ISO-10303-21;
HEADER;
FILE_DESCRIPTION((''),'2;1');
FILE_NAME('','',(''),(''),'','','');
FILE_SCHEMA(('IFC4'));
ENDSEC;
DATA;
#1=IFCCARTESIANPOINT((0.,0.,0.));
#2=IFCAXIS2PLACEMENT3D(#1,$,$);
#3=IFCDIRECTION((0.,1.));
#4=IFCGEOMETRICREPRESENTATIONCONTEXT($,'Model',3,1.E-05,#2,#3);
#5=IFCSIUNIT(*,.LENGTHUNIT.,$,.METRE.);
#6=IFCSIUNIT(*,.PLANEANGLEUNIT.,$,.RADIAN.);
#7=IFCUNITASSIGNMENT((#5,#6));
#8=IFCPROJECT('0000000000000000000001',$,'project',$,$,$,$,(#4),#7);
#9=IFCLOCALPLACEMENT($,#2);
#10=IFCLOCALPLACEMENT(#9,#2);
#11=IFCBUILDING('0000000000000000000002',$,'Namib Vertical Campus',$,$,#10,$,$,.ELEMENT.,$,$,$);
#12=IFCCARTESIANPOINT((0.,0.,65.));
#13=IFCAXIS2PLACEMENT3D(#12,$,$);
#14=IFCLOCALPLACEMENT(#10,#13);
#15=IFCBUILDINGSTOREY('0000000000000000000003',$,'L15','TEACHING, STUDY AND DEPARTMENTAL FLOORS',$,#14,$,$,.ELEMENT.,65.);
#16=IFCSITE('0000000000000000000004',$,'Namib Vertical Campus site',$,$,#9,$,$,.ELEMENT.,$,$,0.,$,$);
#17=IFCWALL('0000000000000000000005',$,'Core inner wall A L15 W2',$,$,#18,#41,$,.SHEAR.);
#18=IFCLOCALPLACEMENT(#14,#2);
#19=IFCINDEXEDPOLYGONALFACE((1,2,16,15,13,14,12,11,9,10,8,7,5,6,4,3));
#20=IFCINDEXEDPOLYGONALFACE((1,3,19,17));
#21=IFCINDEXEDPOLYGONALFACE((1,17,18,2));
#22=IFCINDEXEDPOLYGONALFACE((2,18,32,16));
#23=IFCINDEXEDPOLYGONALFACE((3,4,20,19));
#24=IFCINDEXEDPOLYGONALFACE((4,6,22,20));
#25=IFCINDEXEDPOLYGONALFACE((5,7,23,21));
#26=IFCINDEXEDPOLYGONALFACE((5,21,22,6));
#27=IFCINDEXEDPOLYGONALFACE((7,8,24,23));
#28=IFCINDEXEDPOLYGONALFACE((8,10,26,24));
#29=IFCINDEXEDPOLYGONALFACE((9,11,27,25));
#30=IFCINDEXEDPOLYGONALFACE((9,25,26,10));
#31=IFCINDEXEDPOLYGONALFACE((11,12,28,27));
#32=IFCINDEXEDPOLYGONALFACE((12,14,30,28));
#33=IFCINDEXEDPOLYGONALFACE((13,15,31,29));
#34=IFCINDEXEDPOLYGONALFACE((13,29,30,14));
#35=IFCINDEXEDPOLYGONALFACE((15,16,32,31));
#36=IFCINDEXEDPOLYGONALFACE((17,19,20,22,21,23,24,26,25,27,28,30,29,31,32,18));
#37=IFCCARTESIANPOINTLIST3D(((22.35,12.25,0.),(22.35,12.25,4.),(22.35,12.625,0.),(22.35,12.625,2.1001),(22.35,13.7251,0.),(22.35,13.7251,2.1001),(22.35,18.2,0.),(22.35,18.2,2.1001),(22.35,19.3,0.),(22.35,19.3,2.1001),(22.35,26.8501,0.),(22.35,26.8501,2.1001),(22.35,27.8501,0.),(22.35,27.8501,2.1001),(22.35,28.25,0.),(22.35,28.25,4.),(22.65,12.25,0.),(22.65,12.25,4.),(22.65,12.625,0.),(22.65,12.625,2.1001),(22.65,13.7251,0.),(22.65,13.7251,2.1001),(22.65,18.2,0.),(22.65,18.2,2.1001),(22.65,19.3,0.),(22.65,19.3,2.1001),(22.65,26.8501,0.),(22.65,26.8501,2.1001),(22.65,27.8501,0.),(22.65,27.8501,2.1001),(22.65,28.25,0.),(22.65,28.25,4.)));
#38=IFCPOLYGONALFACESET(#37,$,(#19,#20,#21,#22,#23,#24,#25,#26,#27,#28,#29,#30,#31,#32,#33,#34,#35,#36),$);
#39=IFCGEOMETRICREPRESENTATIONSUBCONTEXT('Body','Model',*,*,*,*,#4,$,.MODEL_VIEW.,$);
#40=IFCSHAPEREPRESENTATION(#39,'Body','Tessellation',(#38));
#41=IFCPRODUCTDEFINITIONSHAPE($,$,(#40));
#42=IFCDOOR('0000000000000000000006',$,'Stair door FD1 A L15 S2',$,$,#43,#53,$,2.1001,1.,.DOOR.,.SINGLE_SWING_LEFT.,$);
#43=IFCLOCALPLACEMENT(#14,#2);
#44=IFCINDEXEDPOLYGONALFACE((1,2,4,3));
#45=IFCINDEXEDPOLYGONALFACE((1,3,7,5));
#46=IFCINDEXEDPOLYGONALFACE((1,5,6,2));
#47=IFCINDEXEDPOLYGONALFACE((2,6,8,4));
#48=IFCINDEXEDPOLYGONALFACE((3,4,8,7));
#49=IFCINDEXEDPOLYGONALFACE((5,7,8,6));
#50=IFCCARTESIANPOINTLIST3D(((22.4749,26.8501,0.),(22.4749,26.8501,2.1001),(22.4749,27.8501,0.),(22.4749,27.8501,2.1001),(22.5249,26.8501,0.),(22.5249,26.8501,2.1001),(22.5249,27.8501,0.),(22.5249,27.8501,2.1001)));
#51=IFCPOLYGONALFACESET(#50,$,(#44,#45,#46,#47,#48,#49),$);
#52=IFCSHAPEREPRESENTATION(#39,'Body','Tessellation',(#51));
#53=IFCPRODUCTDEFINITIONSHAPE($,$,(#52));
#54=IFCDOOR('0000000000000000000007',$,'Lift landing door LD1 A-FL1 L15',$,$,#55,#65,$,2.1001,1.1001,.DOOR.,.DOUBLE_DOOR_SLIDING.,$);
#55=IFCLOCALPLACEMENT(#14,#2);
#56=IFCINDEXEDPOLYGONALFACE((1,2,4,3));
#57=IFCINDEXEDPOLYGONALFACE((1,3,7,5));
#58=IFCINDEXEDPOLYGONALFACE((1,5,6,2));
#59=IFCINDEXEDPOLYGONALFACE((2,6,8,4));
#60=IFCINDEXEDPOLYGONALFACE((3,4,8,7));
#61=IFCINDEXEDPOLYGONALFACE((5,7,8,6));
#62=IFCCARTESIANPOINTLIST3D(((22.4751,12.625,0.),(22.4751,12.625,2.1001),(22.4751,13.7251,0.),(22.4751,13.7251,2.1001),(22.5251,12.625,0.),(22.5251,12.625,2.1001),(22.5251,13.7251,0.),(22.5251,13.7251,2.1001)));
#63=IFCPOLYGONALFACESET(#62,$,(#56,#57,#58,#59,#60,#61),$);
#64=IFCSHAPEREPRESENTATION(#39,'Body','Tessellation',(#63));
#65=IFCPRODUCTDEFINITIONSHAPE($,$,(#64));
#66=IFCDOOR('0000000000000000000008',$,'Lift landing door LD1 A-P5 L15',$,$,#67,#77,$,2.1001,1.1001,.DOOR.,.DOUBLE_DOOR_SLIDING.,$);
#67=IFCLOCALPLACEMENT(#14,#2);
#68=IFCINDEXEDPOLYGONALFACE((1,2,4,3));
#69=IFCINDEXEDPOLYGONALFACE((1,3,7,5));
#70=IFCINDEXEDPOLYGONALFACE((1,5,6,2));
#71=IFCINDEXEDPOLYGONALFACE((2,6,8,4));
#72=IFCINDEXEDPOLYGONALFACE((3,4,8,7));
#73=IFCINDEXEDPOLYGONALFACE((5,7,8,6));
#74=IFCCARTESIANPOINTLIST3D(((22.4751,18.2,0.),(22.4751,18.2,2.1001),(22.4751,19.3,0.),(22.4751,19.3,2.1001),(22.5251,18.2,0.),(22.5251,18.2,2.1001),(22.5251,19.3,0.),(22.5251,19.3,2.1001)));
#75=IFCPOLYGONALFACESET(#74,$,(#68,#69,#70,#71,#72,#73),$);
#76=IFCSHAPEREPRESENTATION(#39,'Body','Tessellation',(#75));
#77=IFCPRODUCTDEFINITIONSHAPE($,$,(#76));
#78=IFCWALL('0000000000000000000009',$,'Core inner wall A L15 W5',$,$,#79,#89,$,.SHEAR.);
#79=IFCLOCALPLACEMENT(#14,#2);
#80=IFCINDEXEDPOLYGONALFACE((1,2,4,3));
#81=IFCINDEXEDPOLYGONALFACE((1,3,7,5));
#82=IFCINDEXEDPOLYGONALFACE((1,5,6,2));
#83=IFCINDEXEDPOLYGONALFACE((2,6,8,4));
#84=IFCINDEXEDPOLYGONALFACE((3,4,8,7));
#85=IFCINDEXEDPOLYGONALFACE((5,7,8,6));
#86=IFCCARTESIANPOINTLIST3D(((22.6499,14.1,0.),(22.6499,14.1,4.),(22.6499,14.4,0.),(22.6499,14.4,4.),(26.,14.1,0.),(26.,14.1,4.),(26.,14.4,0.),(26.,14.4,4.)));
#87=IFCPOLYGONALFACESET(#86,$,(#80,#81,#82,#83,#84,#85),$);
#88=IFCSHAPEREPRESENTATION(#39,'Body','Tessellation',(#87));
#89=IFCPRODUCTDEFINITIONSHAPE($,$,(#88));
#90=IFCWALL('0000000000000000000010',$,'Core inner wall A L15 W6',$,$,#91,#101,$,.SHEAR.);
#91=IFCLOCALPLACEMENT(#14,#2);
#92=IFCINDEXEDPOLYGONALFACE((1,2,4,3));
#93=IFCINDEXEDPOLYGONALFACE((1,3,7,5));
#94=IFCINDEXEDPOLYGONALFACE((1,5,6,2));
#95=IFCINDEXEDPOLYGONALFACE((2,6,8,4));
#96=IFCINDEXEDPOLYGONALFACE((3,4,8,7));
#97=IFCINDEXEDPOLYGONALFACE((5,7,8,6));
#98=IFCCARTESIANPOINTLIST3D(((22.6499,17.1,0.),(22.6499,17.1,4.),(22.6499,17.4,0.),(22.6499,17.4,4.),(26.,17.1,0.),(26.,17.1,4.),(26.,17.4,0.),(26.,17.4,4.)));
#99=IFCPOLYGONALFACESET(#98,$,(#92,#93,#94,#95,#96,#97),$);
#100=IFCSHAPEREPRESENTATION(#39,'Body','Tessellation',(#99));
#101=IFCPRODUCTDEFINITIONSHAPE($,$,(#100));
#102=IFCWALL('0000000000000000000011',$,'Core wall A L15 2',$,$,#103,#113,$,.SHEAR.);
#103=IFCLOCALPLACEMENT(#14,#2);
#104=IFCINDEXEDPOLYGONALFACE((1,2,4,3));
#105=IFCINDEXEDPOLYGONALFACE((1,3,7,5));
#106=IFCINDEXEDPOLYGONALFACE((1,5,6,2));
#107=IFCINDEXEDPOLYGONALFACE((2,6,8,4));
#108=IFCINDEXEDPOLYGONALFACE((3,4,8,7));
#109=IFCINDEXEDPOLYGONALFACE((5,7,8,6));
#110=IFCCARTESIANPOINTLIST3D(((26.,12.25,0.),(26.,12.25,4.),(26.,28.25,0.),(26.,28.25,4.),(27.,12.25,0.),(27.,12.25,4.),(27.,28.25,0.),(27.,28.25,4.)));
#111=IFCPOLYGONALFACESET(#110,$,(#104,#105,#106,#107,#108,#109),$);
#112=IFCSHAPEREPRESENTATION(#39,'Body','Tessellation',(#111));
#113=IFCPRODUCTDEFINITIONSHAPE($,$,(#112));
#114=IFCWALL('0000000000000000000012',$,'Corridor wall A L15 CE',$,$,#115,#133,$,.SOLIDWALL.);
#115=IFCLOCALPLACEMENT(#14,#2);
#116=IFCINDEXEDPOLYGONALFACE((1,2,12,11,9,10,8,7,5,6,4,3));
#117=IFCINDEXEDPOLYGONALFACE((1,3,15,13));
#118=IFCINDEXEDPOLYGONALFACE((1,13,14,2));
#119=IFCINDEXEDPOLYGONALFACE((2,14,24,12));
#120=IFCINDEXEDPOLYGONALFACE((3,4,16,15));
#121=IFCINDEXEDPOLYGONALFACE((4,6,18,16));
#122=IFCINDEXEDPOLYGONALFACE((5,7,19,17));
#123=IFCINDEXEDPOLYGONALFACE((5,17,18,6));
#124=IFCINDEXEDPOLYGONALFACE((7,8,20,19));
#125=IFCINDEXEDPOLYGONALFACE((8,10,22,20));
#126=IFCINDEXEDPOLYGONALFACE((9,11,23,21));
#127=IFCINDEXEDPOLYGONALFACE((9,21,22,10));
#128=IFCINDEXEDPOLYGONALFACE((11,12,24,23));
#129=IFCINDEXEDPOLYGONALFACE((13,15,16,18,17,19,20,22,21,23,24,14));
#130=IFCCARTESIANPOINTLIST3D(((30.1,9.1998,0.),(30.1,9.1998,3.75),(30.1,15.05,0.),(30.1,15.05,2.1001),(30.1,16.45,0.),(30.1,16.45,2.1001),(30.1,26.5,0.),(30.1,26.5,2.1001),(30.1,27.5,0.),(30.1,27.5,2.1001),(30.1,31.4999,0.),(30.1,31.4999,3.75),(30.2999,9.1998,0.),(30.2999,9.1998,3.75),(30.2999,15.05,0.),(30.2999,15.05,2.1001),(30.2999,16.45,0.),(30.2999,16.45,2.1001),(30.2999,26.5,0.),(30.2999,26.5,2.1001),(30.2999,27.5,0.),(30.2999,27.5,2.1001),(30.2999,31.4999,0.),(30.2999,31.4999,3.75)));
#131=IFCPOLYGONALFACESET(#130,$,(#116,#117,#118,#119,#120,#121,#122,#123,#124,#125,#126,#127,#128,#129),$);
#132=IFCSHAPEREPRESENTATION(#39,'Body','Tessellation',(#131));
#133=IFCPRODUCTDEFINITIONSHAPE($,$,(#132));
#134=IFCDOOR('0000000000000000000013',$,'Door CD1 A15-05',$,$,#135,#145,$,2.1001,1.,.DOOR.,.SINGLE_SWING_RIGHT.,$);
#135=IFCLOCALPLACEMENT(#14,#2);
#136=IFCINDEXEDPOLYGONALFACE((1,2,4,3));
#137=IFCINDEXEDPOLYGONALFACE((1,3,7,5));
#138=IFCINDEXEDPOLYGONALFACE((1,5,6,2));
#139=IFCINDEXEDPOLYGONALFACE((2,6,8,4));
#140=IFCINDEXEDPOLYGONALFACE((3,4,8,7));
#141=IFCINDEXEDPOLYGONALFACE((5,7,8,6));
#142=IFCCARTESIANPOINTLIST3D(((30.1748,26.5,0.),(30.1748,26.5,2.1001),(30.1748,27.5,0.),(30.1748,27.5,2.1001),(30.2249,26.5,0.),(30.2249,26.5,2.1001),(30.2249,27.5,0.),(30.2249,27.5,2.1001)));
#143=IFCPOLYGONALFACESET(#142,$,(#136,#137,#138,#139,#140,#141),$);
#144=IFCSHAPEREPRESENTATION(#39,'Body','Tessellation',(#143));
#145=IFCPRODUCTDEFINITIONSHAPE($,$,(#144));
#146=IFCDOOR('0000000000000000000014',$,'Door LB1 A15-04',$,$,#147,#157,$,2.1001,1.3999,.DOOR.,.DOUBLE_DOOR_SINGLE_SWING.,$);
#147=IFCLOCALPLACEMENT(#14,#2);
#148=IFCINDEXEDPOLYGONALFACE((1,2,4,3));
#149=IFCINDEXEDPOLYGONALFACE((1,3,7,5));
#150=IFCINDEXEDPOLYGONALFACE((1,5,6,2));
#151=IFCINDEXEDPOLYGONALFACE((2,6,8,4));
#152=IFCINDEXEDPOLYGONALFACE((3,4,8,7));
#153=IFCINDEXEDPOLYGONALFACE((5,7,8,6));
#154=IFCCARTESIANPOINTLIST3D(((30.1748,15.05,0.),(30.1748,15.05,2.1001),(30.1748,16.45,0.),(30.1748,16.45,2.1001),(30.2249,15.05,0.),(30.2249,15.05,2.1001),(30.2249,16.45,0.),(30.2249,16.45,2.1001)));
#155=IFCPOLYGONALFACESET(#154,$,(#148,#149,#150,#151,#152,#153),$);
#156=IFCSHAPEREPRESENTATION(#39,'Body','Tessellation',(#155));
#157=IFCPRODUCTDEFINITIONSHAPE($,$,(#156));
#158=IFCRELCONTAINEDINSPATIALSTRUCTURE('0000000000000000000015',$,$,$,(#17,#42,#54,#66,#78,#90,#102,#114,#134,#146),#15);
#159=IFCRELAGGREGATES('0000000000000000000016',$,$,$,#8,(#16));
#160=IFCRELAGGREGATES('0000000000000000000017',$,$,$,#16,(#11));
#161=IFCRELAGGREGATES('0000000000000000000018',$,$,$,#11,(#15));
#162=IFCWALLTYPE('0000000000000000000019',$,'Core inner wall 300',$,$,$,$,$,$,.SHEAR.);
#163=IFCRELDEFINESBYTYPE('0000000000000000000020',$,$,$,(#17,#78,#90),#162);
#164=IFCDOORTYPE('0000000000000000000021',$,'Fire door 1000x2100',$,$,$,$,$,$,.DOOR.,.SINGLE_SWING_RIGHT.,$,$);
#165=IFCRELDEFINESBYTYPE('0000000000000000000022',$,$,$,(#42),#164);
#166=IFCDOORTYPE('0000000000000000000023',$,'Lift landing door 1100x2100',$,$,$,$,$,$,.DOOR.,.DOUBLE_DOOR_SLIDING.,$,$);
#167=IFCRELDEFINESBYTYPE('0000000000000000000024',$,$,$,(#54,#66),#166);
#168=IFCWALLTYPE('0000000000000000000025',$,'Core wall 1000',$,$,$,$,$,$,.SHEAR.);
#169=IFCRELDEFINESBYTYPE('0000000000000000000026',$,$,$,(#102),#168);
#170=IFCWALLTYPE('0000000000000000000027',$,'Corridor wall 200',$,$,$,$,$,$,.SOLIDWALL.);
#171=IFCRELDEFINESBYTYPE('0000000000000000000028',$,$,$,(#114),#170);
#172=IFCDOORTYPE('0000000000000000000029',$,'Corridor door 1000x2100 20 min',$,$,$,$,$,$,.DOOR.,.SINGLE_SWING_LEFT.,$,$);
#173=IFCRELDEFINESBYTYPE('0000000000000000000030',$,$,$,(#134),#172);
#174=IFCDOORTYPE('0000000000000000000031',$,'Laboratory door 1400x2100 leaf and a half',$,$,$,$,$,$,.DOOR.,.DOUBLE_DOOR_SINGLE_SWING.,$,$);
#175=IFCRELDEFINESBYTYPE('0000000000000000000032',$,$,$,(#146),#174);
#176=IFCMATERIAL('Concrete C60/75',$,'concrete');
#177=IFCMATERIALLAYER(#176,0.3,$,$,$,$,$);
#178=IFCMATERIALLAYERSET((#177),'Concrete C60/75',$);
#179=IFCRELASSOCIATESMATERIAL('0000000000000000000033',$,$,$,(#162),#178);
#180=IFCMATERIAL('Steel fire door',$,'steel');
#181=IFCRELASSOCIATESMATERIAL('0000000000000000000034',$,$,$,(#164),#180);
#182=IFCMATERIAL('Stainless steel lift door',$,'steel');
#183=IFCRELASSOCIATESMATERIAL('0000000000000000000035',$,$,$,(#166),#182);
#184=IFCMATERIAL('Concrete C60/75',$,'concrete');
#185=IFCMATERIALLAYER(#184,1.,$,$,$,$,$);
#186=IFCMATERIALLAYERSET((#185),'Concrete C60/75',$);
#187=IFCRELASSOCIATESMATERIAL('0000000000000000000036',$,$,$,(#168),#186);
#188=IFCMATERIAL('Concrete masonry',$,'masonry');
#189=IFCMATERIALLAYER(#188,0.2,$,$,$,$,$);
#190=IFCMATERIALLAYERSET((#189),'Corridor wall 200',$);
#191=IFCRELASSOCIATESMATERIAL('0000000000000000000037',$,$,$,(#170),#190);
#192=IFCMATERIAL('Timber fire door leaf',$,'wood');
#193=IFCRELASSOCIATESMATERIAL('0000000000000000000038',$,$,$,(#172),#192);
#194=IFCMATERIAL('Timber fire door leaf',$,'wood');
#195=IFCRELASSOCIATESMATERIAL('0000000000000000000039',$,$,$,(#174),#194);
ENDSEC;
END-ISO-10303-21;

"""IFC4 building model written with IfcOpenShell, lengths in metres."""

from ifc_helpers import new_model, si_unit, direction, frame, frame_2d, origin, place, context, subcontext, project, spatial, rectangle, extrude, material, layer, layer_set, type_object, element, fill, save


model = new_model("IFC4")

# Units and contexts
model_context = context("Model", 3, precision=1e-05, world=origin(), true_north=direction((0.0, 1.0)))
body_context = subcontext(model_context, "Body", "Model", "MODEL_VIEW")
ifc_project = project(units=[si_unit("LENGTHUNIT", "METRE"), si_unit("PLANEANGLEUNIT", "RADIAN")], contexts=[model_context])

# Site, building, storey
site_placement = place(None, origin())
site = spatial("IfcSite", under=ifc_project, at=site_placement, Name="Namib Vertical Campus site", CompositionType="ELEMENT", RefElevation=0.0)
building_placement = place(site_placement, origin())
building = spatial("IfcBuilding", under=site, at=building_placement, Name="Namib Vertical Campus", CompositionType="ELEMENT")
storey_placement = place(building_placement, frame((0.0, 0.0, 65.0)))
storey = spatial("IfcBuildingStorey", under=building, at=storey_placement, Name="L15", Description="TEACHING, STUDY AND DEPARTMENTAL FLOORS", CompositionType="ELEMENT", Elevation=65.0)

# Wall, openings, doors
ifc_material_1 = material(Name="Concrete C60/75", Category="concrete")
ifc_layer_1 = layer(ifc_material_1, 0.3)
ifc_layer_set_1 = layer_set([ifc_layer_1], Name="Concrete C60/75")
wall_type_1 = type_object("IfcWallType", Name="Core inner wall 300", PredefinedType="SHEAR", material=ifc_layer_set_1)
wall_1_placement = place(storey_placement, frame((22.5, 12.25, 0.0), z_axis=(0.0, 0.0, 1.0), x_axis=(0.0, 1.0, 0.0)))
wall_1 = element("IfcWall", 1, at=wall_1_placement, inside=storey, type_object=wall_type_1, Name="Core inner wall A L15 W2", PredefinedType="SHEAR", context=body_context, shape_type="SweptSolid", body=[
    extrude(rectangle(XDim=16.0, YDim=0.3, at=frame_2d((8.0, 0.0))), origin(), (0.0, 0.0, 1.0), 4.0),
])
opening_1_placement = place(wall_1_placement, frame((14.6001, 0.0, 0.0)))
opening_1 = element("IfcOpeningElement", 2, at=opening_1_placement, cuts=wall_1, PredefinedType="OPENING", context=body_context, shape_type="SweptSolid", body=[
    extrude(rectangle(XDim=1.0, YDim=2.1001, at=frame_2d((0.5, 1.05))), frame((0.0, 0.1599, 0.0), z_axis=(0.0, -1.0, 0.0), x_axis=(1.0, 0.0, 0.0)), (0.0, 0.0, 1.0), 0.3201),
])
opening_2_placement = place(wall_1_placement, frame((0.375, 0.0, 0.0)))
opening_2 = element("IfcOpeningElement", 3, at=opening_2_placement, cuts=wall_1, PredefinedType="OPENING", context=body_context, shape_type="SweptSolid", body=[
    extrude(rectangle(XDim=1.1001, YDim=2.1001, at=frame_2d((0.55, 1.05))), frame((0.0, 0.1599, 0.0), z_axis=(0.0, -1.0, 0.0), x_axis=(1.0, 0.0, 0.0)), (0.0, 0.0, 1.0), 0.3201),
])
opening_3_placement = place(wall_1_placement, frame((5.95, 0.0, 0.0)))
opening_3 = element("IfcOpeningElement", 4, at=opening_3_placement, cuts=wall_1, PredefinedType="OPENING", context=body_context, shape_type="SweptSolid", body=[
    extrude(rectangle(XDim=1.1001, YDim=2.1001, at=frame_2d((0.55, 1.05))), frame((0.0, 0.1599, 0.0), z_axis=(0.0, -1.0, 0.0), x_axis=(1.0, 0.0, 0.0)), (0.0, 0.0, 1.0), 0.3201),
])
ifc_material_2 = material(Name="Steel fire door", Category="steel")
door_type_1 = type_object("IfcDoorType", Name="Fire door 1000x2100", OperationType="SINGLE_SWING_RIGHT", PredefinedType="DOOR", material=ifc_material_2)
door_1_placement = place(opening_1_placement, frame((1.0, 0.0, 0.0), z_axis=(0.0, 0.0, 1.0), x_axis=(-1.0, 0.0, 0.0)))
door_1 = element("IfcDoor", 5, at=door_1_placement, inside=storey, type_object=door_type_1, Name="Stair door FD1 A L15 S2", OperationType="SINGLE_SWING_LEFT", OverallHeight=2.1001, OverallWidth=1.0, PredefinedType="DOOR", context=body_context, shape_type="SweptSolid", body=[
    extrude(rectangle(XDim=1.0, YDim=2.1001, at=frame_2d((0.5, 1.05))), frame((0.0, 0.0249, 0.0), z_axis=(0.0, -1.0, 0.0), x_axis=(1.0, 0.0, 0.0)), (0.0, 0.0, 1.0), 0.05),
])
fill(opening_1, door_1)
ifc_material_3 = material(Name="Stainless steel lift door", Category="steel")
door_type_2 = type_object("IfcDoorType", Name="Lift landing door 1100x2100", OperationType="DOUBLE_DOOR_SLIDING", PredefinedType="DOOR", material=ifc_material_3)
door_2_placement = place(opening_2_placement, origin())
door_2 = element("IfcDoor", 6, at=door_2_placement, inside=storey, type_object=door_type_2, Name="Lift landing door LD1 A-FL1 L15", OperationType="DOUBLE_DOOR_SLIDING", OverallHeight=2.1001, OverallWidth=1.1001, PredefinedType="DOOR", context=body_context, shape_type="SweptSolid", body=[
    extrude(rectangle(XDim=1.1001, YDim=2.1001, at=frame_2d((0.55, 1.05))), frame((0.0, 0.0249, 0.0), z_axis=(0.0, -1.0, 0.0), x_axis=(1.0, 0.0, 0.0)), (0.0, 0.0, 1.0), 0.05),
])
fill(opening_2, door_2)
door_3_placement = place(opening_3_placement, origin())
door_3 = element("IfcDoor", 7, at=door_3_placement, inside=storey, type_object=door_type_2, Name="Lift landing door LD1 A-P5 L15", OperationType="DOUBLE_DOOR_SLIDING", OverallHeight=2.1001, OverallWidth=1.1001, PredefinedType="DOOR", context=body_context, shape_type="SweptSolid", body=[
    extrude(rectangle(XDim=1.1001, YDim=2.1001, at=frame_2d((0.55, 1.05))), frame((0.0, 0.0249, 0.0), z_axis=(0.0, -1.0, 0.0), x_axis=(1.0, 0.0, 0.0)), (0.0, 0.0, 1.0), 0.05),
])
fill(opening_3, door_3)

# Walls
for number, where, z_axis, x_axis, name in (
    (8, (22.6499, 14.25, 0.0), (0.0, 0.0, 1.0), (1.0, 0.0, 0.0), "Core inner wall A L15 W5"),
    (9, (22.6499, 17.25, 0.0), (0.0, 0.0, 1.0), (1.0, 0.0, 0.0), "Core inner wall A L15 W6"),
):
    element("IfcWall", number, at=place(storey_placement, frame(where, z_axis=z_axis, x_axis=x_axis)), inside=storey, type_object=wall_type_1, Name=name, PredefinedType="SHEAR", context=body_context, shape_type="SweptSolid", body=[
        extrude(rectangle(XDim=3.3501, YDim=0.3, at=frame_2d((1.675, 0.0))), origin(), (0.0, 0.0, 1.0), 4.0),
    ])
ifc_material_4 = material(Name="Concrete C60/75", Category="concrete")
ifc_layer_2 = layer(ifc_material_4, 1.0)
ifc_layer_set_2 = layer_set([ifc_layer_2], Name="Concrete C60/75")
wall_type_2 = type_object("IfcWallType", Name="Core wall 1000", PredefinedType="SHEAR", material=ifc_layer_set_2)
wall_2_placement = place(storey_placement, frame((26.5, 12.25, 0.0), z_axis=(0.0, 0.0, 1.0), x_axis=(0.0, 1.0, 0.0)))
element("IfcWall", 10, at=wall_2_placement, inside=storey, type_object=wall_type_2, Name="Core wall A L15 2", PredefinedType="SHEAR", context=body_context, shape_type="SweptSolid", body=[
    extrude(rectangle(XDim=16.0, YDim=1.0, at=frame_2d((8.0, 0.0))), origin(), (0.0, 0.0, 1.0), 4.0),
])

# Wall, openings, doors
ifc_material_5 = material(Name="Concrete masonry", Category="masonry")
ifc_layer_3 = layer(ifc_material_5, 0.2)
ifc_layer_set_3 = layer_set([ifc_layer_3], Name="Corridor wall 200")
wall_type_3 = type_object("IfcWallType", Name="Corridor wall 200", PredefinedType="SOLIDWALL", material=ifc_layer_set_3)
wall_3_placement = place(storey_placement, frame((30.2, 9.2, 0.0), z_axis=(0.0, 0.0, 1.0), x_axis=(0.0, 1.0, 0.0)))
wall_3 = element("IfcWall", 11, at=wall_3_placement, inside=storey, type_object=wall_type_3, Name="Corridor wall A L15 CE", PredefinedType="SOLIDWALL", context=body_context, shape_type="SweptSolid", body=[
    extrude(rectangle(XDim=22.3, YDim=0.2, at=frame_2d((11.1499, 0.0))), origin(), (0.0, 0.0, 1.0), 3.75),
])
opening_4_placement = place(wall_3_placement, frame((5.8501, 0.0, 0.0)))
opening_4 = element("IfcOpeningElement", 12, at=opening_4_placement, cuts=wall_3, PredefinedType="OPENING", context=body_context, shape_type="SweptSolid", body=[
    extrude(rectangle(XDim=1.3999, YDim=2.1001, at=frame_2d((0.7, 1.05))), frame((0.0, 0.1099, 0.0), z_axis=(0.0, -1.0, 0.0), x_axis=(1.0, 0.0, 0.0)), (0.0, 0.0, 1.0), 0.22),
])
opening_5_placement = place(wall_3_placement, frame((17.3, 0.0, 0.0)))
opening_5 = element("IfcOpeningElement", 13, at=opening_5_placement, cuts=wall_3, PredefinedType="OPENING", context=body_context, shape_type="SweptSolid", body=[
    extrude(rectangle(XDim=1.0, YDim=2.1001, at=frame_2d((0.5, 1.05))), frame((0.0, 0.1099, 0.0), z_axis=(0.0, -1.0, 0.0), x_axis=(1.0, 0.0, 0.0)), (0.0, 0.0, 1.0), 0.22),
])
ifc_material_6 = material(Name="Timber fire door leaf", Category="wood")
door_type_3 = type_object("IfcDoorType", Name="Corridor door 1000x2100 20 min", OperationType="SINGLE_SWING_LEFT", PredefinedType="DOOR", material=ifc_material_6)
door_4_placement = place(opening_5_placement, frame((1.0, 0.0, 0.0), z_axis=(0.0, 0.0, 1.0), x_axis=(-1.0, 0.0, 0.0)))
door_4 = element("IfcDoor", 14, at=door_4_placement, inside=storey, type_object=door_type_3, Name="Door CD1 A15-05", OperationType="SINGLE_SWING_RIGHT", OverallHeight=2.1001, OverallWidth=1.0, PredefinedType="DOOR", context=body_context, shape_type="SweptSolid", body=[
    extrude(rectangle(XDim=1.0, YDim=2.1001, at=frame_2d((0.5, 1.05))), frame((0.0, 0.0249, 0.0), z_axis=(0.0, -1.0, 0.0), x_axis=(1.0, 0.0, 0.0)), (0.0, 0.0, 1.0), 0.05),
])
fill(opening_5, door_4)
ifc_material_7 = material(Name="Timber fire door leaf", Category="wood")
door_type_4 = type_object("IfcDoorType", Name="Laboratory door 1400x2100 leaf and a half", OperationType="DOUBLE_DOOR_SINGLE_SWING", PredefinedType="DOOR", material=ifc_material_7)
door_5_placement = place(opening_4_placement, frame((1.3999, 0.0, 0.0), z_axis=(0.0, 0.0, 1.0), x_axis=(-1.0, 0.0, 0.0)))
door_5 = element("IfcDoor", 15, at=door_5_placement, inside=storey, type_object=door_type_4, Name="Door LB1 A15-04", OperationType="DOUBLE_DOOR_SINGLE_SWING", OverallHeight=2.1001, OverallWidth=1.3999, PredefinedType="DOOR", context=body_context, shape_type="SweptSolid", body=[
    extrude(rectangle(XDim=1.3999, YDim=2.1001, at=frame_2d((0.7, 1.05))), frame((0.0, 0.0249, 0.0), z_axis=(0.0, -1.0, 0.0), x_axis=(1.0, 0.0, 0.0)), (0.0, 0.0, 1.0), 0.05),
])
fill(opening_4, door_5)

save(model, "model.ifc")
